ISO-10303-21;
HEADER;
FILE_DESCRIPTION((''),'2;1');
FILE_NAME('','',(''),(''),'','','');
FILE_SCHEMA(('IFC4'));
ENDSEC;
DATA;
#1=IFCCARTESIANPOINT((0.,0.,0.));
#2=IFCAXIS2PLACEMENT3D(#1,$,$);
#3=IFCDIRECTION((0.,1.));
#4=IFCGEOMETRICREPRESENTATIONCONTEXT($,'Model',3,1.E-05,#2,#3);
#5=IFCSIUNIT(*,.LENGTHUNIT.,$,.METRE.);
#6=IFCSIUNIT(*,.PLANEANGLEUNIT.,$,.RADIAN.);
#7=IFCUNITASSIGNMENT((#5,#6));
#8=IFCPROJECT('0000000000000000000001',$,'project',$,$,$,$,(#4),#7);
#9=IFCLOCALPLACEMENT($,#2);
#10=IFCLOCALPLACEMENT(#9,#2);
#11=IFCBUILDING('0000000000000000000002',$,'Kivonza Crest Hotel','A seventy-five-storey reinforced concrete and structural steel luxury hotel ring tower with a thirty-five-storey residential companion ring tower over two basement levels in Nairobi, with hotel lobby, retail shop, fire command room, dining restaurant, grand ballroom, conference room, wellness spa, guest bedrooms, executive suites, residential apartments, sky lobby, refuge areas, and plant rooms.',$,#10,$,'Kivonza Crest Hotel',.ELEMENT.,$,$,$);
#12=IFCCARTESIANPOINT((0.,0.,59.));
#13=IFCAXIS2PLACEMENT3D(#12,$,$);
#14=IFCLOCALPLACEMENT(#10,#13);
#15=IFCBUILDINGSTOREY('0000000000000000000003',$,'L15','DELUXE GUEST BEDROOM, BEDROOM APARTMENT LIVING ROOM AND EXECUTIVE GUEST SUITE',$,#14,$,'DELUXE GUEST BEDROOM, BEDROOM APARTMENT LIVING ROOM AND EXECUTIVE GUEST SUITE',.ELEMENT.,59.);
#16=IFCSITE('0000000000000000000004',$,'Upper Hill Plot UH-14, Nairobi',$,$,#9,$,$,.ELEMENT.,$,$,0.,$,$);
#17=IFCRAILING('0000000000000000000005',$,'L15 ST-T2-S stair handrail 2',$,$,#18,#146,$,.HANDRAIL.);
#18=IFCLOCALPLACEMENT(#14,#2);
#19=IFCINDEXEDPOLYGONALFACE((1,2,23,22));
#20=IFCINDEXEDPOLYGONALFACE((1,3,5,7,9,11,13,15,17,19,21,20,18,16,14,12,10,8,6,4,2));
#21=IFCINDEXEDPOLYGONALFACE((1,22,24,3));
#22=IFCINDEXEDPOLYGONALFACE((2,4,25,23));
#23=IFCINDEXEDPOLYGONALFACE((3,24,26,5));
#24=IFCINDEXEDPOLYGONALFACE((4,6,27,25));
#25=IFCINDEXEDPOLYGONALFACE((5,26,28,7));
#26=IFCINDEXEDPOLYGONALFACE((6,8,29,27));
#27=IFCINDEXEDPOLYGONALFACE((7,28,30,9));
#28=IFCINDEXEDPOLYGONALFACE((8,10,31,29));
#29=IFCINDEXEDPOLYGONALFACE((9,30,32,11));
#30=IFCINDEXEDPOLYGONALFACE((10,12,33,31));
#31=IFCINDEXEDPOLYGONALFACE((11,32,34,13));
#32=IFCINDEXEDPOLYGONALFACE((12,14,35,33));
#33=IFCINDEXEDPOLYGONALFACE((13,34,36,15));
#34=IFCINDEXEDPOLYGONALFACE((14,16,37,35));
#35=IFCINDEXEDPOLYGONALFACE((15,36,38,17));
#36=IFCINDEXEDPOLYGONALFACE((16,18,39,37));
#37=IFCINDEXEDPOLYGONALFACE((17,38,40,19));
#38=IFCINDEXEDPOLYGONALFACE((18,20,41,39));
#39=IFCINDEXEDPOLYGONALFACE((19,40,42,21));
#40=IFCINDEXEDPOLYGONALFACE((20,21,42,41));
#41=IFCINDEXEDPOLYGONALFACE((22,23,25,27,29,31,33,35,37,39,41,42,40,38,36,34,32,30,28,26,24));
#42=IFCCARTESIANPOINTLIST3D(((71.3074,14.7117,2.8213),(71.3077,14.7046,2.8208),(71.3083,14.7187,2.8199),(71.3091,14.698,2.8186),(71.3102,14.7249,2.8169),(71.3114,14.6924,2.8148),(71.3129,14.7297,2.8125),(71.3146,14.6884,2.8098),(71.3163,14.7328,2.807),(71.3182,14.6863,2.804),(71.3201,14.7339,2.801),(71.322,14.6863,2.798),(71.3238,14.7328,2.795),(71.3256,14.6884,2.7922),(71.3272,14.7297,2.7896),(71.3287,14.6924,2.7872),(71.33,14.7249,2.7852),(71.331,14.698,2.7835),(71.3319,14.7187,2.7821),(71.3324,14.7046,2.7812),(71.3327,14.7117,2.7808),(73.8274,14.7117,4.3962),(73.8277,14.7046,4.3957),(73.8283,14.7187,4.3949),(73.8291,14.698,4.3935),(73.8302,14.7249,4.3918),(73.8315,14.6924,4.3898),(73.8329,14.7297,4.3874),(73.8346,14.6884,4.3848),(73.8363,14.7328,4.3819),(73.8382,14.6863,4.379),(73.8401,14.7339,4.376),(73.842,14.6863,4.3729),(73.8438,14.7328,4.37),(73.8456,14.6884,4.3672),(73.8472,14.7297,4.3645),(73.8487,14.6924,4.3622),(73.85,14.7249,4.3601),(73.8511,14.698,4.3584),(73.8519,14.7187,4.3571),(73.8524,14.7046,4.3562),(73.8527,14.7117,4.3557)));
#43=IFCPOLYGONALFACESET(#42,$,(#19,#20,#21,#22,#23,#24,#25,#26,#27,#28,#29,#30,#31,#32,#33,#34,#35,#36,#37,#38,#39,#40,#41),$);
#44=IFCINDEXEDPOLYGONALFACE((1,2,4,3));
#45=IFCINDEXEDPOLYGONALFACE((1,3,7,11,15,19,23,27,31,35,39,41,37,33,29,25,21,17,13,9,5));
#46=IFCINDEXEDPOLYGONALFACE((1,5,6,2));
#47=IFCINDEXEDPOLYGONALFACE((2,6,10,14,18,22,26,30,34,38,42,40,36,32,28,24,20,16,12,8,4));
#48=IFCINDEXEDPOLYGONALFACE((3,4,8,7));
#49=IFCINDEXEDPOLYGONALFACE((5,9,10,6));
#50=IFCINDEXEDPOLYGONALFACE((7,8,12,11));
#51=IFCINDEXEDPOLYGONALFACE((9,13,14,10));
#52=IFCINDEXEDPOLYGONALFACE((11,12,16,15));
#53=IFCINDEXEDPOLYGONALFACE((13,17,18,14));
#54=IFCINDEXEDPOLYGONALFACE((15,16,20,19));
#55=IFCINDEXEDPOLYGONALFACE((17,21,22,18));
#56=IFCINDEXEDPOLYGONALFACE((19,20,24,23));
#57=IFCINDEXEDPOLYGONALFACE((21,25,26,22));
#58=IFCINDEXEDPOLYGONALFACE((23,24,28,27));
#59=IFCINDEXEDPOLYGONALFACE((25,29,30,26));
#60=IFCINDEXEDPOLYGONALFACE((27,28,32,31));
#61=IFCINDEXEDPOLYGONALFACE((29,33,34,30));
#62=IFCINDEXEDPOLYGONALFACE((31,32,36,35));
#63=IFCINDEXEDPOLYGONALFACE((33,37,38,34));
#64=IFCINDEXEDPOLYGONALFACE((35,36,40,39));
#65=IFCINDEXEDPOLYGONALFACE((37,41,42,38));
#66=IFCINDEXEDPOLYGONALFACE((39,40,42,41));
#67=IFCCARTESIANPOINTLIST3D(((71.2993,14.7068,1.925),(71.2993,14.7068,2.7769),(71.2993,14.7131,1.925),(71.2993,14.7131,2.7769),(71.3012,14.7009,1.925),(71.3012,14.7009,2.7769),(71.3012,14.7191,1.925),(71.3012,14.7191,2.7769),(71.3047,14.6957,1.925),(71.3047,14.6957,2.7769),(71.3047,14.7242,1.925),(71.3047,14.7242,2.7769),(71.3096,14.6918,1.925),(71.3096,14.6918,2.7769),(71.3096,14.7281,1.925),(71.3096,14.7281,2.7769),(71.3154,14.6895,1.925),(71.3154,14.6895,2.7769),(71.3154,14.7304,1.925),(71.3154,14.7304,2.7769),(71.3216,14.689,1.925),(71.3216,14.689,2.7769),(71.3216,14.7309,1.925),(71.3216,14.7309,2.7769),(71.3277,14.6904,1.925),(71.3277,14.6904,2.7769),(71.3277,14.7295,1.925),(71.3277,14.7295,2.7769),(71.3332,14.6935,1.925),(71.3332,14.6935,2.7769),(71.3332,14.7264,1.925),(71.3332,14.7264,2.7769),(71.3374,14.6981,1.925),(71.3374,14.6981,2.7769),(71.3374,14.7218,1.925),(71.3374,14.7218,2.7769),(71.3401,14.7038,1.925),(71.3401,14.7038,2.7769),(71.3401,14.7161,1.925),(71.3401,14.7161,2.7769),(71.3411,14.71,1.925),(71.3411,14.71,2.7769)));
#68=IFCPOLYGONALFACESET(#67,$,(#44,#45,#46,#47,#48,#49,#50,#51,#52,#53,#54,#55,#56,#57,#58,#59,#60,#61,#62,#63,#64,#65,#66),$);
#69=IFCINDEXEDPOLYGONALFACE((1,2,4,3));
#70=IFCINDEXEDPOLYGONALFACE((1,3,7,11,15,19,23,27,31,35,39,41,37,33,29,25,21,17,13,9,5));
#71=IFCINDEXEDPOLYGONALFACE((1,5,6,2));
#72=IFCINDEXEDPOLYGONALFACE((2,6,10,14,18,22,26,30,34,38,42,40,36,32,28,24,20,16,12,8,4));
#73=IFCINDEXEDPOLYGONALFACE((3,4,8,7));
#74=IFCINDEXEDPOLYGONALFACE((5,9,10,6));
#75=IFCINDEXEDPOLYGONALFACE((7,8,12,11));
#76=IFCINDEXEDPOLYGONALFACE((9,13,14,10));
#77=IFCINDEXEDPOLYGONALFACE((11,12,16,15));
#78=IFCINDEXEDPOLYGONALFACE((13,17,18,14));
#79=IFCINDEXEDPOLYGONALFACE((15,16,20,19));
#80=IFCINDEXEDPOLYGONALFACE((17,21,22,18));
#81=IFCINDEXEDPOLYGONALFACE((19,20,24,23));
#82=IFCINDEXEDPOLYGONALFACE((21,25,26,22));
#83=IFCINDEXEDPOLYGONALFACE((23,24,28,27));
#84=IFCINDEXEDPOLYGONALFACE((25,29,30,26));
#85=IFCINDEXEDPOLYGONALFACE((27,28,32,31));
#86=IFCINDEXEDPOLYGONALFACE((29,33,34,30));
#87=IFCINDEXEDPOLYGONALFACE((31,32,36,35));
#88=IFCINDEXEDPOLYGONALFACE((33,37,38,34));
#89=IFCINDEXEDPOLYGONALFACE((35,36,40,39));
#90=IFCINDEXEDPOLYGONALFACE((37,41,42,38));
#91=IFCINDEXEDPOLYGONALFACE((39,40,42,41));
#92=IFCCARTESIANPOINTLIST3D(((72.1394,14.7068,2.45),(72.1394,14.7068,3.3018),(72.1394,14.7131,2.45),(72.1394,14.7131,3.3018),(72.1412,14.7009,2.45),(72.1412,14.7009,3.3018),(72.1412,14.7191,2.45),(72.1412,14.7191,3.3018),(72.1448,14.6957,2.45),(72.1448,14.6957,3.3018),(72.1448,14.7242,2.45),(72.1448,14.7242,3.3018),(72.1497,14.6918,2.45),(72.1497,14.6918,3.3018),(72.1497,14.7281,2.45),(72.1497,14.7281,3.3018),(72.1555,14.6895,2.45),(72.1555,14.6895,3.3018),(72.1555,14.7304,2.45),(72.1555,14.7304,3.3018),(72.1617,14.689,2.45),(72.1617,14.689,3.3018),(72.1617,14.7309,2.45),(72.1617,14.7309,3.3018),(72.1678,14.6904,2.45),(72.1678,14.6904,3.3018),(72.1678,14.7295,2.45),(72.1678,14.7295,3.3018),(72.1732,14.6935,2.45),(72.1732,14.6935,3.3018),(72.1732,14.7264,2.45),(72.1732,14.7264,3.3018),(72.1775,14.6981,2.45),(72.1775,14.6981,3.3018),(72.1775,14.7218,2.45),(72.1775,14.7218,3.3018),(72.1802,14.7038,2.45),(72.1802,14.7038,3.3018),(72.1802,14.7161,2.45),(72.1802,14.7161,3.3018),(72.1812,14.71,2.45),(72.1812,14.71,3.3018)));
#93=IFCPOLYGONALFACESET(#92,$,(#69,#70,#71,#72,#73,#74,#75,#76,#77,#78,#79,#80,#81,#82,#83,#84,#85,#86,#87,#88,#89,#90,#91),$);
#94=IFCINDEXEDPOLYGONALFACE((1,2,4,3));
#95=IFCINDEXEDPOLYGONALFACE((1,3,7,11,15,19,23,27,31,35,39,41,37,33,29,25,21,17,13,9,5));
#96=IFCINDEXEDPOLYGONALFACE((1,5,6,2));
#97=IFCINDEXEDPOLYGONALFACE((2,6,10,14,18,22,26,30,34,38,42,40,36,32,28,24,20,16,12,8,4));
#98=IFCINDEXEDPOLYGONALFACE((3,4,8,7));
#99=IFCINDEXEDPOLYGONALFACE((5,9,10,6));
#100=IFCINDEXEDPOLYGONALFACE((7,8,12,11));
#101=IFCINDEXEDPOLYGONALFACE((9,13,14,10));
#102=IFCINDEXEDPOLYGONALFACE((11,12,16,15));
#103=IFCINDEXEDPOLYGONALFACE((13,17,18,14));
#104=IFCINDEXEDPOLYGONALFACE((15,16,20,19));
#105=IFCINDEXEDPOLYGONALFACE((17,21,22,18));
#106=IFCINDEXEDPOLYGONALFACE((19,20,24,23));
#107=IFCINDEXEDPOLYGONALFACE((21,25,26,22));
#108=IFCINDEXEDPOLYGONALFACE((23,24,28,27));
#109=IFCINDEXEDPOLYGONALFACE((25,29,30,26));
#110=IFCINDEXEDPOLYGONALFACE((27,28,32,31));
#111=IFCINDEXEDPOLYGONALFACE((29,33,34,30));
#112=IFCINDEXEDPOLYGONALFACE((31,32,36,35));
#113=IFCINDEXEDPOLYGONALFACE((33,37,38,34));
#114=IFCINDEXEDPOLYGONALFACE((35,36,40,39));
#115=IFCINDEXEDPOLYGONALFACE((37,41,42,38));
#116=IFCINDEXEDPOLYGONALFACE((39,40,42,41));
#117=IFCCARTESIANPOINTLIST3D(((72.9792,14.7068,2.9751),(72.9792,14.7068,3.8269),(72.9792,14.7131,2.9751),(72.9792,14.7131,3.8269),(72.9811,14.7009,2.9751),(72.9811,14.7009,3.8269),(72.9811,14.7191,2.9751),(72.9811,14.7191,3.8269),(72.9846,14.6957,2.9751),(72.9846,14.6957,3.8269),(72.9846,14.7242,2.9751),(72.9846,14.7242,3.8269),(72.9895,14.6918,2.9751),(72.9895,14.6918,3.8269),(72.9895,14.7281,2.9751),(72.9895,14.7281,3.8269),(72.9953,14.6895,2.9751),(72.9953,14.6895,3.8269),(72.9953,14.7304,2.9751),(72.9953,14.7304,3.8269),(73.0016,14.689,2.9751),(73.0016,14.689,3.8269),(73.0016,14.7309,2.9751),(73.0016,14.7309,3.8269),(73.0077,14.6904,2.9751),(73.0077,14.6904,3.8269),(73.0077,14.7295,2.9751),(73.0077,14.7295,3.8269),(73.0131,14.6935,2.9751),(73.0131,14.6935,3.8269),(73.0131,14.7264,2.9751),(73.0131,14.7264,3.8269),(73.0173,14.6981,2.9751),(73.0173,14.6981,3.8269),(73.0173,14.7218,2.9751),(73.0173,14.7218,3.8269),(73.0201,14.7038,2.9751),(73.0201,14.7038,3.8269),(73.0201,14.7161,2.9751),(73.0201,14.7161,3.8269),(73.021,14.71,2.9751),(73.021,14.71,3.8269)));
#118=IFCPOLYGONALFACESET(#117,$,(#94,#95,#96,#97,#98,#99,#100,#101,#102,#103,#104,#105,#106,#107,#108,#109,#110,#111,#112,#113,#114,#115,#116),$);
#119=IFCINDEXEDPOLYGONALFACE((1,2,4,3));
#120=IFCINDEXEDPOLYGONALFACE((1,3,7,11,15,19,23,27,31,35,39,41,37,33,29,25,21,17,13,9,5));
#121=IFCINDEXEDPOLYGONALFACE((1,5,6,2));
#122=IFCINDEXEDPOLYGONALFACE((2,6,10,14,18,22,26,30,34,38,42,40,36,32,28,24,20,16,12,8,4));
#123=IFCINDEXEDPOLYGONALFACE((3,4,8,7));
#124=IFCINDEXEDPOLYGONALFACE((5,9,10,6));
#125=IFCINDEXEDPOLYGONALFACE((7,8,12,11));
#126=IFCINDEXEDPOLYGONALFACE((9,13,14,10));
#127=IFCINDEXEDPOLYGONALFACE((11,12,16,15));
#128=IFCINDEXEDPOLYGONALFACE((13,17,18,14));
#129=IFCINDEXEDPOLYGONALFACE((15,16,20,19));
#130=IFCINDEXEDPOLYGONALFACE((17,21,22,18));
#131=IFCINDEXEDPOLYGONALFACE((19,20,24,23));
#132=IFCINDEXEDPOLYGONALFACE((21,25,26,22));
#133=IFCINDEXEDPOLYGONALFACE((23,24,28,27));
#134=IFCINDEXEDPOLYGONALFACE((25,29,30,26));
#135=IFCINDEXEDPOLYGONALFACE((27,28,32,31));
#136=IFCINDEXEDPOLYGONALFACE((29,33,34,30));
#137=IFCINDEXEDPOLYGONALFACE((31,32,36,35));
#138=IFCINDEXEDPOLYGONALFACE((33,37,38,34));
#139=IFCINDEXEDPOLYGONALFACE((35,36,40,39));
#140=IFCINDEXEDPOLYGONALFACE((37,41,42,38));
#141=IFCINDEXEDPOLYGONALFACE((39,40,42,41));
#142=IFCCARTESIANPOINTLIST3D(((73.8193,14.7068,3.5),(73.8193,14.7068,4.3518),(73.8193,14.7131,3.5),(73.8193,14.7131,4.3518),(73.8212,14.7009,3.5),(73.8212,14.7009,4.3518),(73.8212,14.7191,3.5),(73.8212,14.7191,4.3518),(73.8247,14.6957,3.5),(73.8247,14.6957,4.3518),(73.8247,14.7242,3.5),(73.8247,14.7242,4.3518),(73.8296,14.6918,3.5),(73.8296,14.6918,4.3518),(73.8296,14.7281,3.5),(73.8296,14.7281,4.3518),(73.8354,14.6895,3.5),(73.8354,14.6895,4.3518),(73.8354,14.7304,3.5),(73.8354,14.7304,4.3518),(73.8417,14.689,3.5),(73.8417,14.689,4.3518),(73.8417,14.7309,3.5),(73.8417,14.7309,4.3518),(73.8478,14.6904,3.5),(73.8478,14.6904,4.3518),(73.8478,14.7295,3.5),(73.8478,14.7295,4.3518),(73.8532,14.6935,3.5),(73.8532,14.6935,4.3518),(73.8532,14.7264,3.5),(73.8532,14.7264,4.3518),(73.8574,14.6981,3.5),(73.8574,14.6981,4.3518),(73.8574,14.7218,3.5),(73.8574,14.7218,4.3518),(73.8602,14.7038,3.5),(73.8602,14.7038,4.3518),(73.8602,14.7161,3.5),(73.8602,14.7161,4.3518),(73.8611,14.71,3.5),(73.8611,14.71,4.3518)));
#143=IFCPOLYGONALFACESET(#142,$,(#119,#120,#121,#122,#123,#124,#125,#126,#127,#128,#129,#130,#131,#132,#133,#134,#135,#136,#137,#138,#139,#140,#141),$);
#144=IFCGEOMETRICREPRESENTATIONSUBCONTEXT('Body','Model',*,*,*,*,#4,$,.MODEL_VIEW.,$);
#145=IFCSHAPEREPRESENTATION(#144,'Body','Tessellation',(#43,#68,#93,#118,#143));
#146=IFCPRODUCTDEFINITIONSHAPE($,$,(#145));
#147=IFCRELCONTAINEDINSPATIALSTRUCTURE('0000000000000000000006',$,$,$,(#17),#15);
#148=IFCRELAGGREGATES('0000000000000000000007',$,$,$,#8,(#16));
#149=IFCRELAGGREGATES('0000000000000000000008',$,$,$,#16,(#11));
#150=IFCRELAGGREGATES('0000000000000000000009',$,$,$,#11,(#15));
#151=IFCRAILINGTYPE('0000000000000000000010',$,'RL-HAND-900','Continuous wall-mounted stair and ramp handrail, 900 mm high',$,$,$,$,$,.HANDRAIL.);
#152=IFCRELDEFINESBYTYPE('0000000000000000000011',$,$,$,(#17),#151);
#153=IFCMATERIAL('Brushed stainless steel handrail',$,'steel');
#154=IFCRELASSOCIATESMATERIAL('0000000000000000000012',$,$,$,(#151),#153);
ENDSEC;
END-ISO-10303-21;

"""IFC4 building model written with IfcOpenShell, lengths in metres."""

from ifc_helpers import new_model, si_unit, direction, frame, origin, origin_2d, place, context, subcontext, project, spatial, circle, extrude, material, type_object, element, save


model = new_model("IFC4")

# Units and contexts
model_context = context("Model", 3, precision=1e-05, world=origin(), true_north=direction((0.0, 1.0)))
body_context = subcontext(model_context, "Body", "Model", "MODEL_VIEW")
ifc_project = project(units=[si_unit("LENGTHUNIT", "METRE"), si_unit("PLANEANGLEUNIT", "RADIAN")], contexts=[model_context])

# Site, building, storey
site_placement = place(None, origin())
site = spatial("IfcSite", under=ifc_project, at=site_placement, Name="Upper Hill Plot UH-14, Nairobi", CompositionType="ELEMENT", RefElevation=0.0)
building_placement = place(site_placement, origin())
building = spatial("IfcBuilding", under=site, at=building_placement, Name="Kivonza Crest Hotel", Description="A seventy-five-storey reinforced concrete and structural steel luxury hotel ring tower with a thirty-five-storey residential companion ring tower over two basement levels in Nairobi, with hotel lobby, retail shop, fire command room, dining restaurant, grand ballroom, conference room, wellness spa, guest bedrooms, executive suites, residential apartments, sky lobby, refuge areas, and plant rooms.", LongName="Kivonza Crest Hotel", CompositionType="ELEMENT")
storey_placement = place(building_placement, frame((0.0, 0.0, 59.0)))
storey = spatial("IfcBuildingStorey", under=building, at=storey_placement, Name="L15", Description="DELUXE GUEST BEDROOM, BEDROOM APARTMENT LIVING ROOM AND EXECUTIVE GUEST SUITE", LongName="DELUXE GUEST BEDROOM, BEDROOM APARTMENT LIVING ROOM AND EXECUTIVE GUEST SUITE", CompositionType="ELEMENT", Elevation=59.0)

# Railing
ifc_material_1 = material(Name="Brushed stainless steel handrail", Category="steel")
railing_type_1 = type_object("IfcRailingType", Name="RL-HAND-900", Description="Continuous wall-mounted stair and ramp handrail, 900 mm high", PredefinedType="HANDRAIL", material=ifc_material_1)
railing_1_placement = place(storey_placement, frame((71.3201, 14.71, 1.925)))
element("IfcRailing", 1, at=railing_1_placement, inside=storey, type_object=railing_type_1, Name="L15 ST-T2-S stair handrail 2", PredefinedType="HANDRAIL", context=body_context, shape_type="SweptSolid", body=[
    extrude(circle(Radius=0.0239, at=origin_2d()), frame((0.0, 0.0, 0.876), z_axis=(0.848008, 0.0, 0.529984), x_axis=(0.0, 1.0, 0.0)), (0.0, 0.0, 1.0), 2.9717),
    extrude(circle(Radius=0.021, at=origin_2d()), origin(), (0.0, 0.0, 1.0), 0.8518),
    extrude(circle(Radius=0.021, at=origin_2d()), frame((0.8401, 0.0, 0.5249)), (0.0, 0.0, 1.0), 0.8518),
    extrude(circle(Radius=0.021, at=origin_2d()), frame((1.6799, 0.0, 1.05)), (0.0, 0.0, 1.0), 0.8518),
    extrude(circle(Radius=0.021, at=origin_2d()), frame((2.52, 0.0, 1.575)), (0.0, 0.0, 1.0), 0.8518),
])

save(model, "model.ifc")
